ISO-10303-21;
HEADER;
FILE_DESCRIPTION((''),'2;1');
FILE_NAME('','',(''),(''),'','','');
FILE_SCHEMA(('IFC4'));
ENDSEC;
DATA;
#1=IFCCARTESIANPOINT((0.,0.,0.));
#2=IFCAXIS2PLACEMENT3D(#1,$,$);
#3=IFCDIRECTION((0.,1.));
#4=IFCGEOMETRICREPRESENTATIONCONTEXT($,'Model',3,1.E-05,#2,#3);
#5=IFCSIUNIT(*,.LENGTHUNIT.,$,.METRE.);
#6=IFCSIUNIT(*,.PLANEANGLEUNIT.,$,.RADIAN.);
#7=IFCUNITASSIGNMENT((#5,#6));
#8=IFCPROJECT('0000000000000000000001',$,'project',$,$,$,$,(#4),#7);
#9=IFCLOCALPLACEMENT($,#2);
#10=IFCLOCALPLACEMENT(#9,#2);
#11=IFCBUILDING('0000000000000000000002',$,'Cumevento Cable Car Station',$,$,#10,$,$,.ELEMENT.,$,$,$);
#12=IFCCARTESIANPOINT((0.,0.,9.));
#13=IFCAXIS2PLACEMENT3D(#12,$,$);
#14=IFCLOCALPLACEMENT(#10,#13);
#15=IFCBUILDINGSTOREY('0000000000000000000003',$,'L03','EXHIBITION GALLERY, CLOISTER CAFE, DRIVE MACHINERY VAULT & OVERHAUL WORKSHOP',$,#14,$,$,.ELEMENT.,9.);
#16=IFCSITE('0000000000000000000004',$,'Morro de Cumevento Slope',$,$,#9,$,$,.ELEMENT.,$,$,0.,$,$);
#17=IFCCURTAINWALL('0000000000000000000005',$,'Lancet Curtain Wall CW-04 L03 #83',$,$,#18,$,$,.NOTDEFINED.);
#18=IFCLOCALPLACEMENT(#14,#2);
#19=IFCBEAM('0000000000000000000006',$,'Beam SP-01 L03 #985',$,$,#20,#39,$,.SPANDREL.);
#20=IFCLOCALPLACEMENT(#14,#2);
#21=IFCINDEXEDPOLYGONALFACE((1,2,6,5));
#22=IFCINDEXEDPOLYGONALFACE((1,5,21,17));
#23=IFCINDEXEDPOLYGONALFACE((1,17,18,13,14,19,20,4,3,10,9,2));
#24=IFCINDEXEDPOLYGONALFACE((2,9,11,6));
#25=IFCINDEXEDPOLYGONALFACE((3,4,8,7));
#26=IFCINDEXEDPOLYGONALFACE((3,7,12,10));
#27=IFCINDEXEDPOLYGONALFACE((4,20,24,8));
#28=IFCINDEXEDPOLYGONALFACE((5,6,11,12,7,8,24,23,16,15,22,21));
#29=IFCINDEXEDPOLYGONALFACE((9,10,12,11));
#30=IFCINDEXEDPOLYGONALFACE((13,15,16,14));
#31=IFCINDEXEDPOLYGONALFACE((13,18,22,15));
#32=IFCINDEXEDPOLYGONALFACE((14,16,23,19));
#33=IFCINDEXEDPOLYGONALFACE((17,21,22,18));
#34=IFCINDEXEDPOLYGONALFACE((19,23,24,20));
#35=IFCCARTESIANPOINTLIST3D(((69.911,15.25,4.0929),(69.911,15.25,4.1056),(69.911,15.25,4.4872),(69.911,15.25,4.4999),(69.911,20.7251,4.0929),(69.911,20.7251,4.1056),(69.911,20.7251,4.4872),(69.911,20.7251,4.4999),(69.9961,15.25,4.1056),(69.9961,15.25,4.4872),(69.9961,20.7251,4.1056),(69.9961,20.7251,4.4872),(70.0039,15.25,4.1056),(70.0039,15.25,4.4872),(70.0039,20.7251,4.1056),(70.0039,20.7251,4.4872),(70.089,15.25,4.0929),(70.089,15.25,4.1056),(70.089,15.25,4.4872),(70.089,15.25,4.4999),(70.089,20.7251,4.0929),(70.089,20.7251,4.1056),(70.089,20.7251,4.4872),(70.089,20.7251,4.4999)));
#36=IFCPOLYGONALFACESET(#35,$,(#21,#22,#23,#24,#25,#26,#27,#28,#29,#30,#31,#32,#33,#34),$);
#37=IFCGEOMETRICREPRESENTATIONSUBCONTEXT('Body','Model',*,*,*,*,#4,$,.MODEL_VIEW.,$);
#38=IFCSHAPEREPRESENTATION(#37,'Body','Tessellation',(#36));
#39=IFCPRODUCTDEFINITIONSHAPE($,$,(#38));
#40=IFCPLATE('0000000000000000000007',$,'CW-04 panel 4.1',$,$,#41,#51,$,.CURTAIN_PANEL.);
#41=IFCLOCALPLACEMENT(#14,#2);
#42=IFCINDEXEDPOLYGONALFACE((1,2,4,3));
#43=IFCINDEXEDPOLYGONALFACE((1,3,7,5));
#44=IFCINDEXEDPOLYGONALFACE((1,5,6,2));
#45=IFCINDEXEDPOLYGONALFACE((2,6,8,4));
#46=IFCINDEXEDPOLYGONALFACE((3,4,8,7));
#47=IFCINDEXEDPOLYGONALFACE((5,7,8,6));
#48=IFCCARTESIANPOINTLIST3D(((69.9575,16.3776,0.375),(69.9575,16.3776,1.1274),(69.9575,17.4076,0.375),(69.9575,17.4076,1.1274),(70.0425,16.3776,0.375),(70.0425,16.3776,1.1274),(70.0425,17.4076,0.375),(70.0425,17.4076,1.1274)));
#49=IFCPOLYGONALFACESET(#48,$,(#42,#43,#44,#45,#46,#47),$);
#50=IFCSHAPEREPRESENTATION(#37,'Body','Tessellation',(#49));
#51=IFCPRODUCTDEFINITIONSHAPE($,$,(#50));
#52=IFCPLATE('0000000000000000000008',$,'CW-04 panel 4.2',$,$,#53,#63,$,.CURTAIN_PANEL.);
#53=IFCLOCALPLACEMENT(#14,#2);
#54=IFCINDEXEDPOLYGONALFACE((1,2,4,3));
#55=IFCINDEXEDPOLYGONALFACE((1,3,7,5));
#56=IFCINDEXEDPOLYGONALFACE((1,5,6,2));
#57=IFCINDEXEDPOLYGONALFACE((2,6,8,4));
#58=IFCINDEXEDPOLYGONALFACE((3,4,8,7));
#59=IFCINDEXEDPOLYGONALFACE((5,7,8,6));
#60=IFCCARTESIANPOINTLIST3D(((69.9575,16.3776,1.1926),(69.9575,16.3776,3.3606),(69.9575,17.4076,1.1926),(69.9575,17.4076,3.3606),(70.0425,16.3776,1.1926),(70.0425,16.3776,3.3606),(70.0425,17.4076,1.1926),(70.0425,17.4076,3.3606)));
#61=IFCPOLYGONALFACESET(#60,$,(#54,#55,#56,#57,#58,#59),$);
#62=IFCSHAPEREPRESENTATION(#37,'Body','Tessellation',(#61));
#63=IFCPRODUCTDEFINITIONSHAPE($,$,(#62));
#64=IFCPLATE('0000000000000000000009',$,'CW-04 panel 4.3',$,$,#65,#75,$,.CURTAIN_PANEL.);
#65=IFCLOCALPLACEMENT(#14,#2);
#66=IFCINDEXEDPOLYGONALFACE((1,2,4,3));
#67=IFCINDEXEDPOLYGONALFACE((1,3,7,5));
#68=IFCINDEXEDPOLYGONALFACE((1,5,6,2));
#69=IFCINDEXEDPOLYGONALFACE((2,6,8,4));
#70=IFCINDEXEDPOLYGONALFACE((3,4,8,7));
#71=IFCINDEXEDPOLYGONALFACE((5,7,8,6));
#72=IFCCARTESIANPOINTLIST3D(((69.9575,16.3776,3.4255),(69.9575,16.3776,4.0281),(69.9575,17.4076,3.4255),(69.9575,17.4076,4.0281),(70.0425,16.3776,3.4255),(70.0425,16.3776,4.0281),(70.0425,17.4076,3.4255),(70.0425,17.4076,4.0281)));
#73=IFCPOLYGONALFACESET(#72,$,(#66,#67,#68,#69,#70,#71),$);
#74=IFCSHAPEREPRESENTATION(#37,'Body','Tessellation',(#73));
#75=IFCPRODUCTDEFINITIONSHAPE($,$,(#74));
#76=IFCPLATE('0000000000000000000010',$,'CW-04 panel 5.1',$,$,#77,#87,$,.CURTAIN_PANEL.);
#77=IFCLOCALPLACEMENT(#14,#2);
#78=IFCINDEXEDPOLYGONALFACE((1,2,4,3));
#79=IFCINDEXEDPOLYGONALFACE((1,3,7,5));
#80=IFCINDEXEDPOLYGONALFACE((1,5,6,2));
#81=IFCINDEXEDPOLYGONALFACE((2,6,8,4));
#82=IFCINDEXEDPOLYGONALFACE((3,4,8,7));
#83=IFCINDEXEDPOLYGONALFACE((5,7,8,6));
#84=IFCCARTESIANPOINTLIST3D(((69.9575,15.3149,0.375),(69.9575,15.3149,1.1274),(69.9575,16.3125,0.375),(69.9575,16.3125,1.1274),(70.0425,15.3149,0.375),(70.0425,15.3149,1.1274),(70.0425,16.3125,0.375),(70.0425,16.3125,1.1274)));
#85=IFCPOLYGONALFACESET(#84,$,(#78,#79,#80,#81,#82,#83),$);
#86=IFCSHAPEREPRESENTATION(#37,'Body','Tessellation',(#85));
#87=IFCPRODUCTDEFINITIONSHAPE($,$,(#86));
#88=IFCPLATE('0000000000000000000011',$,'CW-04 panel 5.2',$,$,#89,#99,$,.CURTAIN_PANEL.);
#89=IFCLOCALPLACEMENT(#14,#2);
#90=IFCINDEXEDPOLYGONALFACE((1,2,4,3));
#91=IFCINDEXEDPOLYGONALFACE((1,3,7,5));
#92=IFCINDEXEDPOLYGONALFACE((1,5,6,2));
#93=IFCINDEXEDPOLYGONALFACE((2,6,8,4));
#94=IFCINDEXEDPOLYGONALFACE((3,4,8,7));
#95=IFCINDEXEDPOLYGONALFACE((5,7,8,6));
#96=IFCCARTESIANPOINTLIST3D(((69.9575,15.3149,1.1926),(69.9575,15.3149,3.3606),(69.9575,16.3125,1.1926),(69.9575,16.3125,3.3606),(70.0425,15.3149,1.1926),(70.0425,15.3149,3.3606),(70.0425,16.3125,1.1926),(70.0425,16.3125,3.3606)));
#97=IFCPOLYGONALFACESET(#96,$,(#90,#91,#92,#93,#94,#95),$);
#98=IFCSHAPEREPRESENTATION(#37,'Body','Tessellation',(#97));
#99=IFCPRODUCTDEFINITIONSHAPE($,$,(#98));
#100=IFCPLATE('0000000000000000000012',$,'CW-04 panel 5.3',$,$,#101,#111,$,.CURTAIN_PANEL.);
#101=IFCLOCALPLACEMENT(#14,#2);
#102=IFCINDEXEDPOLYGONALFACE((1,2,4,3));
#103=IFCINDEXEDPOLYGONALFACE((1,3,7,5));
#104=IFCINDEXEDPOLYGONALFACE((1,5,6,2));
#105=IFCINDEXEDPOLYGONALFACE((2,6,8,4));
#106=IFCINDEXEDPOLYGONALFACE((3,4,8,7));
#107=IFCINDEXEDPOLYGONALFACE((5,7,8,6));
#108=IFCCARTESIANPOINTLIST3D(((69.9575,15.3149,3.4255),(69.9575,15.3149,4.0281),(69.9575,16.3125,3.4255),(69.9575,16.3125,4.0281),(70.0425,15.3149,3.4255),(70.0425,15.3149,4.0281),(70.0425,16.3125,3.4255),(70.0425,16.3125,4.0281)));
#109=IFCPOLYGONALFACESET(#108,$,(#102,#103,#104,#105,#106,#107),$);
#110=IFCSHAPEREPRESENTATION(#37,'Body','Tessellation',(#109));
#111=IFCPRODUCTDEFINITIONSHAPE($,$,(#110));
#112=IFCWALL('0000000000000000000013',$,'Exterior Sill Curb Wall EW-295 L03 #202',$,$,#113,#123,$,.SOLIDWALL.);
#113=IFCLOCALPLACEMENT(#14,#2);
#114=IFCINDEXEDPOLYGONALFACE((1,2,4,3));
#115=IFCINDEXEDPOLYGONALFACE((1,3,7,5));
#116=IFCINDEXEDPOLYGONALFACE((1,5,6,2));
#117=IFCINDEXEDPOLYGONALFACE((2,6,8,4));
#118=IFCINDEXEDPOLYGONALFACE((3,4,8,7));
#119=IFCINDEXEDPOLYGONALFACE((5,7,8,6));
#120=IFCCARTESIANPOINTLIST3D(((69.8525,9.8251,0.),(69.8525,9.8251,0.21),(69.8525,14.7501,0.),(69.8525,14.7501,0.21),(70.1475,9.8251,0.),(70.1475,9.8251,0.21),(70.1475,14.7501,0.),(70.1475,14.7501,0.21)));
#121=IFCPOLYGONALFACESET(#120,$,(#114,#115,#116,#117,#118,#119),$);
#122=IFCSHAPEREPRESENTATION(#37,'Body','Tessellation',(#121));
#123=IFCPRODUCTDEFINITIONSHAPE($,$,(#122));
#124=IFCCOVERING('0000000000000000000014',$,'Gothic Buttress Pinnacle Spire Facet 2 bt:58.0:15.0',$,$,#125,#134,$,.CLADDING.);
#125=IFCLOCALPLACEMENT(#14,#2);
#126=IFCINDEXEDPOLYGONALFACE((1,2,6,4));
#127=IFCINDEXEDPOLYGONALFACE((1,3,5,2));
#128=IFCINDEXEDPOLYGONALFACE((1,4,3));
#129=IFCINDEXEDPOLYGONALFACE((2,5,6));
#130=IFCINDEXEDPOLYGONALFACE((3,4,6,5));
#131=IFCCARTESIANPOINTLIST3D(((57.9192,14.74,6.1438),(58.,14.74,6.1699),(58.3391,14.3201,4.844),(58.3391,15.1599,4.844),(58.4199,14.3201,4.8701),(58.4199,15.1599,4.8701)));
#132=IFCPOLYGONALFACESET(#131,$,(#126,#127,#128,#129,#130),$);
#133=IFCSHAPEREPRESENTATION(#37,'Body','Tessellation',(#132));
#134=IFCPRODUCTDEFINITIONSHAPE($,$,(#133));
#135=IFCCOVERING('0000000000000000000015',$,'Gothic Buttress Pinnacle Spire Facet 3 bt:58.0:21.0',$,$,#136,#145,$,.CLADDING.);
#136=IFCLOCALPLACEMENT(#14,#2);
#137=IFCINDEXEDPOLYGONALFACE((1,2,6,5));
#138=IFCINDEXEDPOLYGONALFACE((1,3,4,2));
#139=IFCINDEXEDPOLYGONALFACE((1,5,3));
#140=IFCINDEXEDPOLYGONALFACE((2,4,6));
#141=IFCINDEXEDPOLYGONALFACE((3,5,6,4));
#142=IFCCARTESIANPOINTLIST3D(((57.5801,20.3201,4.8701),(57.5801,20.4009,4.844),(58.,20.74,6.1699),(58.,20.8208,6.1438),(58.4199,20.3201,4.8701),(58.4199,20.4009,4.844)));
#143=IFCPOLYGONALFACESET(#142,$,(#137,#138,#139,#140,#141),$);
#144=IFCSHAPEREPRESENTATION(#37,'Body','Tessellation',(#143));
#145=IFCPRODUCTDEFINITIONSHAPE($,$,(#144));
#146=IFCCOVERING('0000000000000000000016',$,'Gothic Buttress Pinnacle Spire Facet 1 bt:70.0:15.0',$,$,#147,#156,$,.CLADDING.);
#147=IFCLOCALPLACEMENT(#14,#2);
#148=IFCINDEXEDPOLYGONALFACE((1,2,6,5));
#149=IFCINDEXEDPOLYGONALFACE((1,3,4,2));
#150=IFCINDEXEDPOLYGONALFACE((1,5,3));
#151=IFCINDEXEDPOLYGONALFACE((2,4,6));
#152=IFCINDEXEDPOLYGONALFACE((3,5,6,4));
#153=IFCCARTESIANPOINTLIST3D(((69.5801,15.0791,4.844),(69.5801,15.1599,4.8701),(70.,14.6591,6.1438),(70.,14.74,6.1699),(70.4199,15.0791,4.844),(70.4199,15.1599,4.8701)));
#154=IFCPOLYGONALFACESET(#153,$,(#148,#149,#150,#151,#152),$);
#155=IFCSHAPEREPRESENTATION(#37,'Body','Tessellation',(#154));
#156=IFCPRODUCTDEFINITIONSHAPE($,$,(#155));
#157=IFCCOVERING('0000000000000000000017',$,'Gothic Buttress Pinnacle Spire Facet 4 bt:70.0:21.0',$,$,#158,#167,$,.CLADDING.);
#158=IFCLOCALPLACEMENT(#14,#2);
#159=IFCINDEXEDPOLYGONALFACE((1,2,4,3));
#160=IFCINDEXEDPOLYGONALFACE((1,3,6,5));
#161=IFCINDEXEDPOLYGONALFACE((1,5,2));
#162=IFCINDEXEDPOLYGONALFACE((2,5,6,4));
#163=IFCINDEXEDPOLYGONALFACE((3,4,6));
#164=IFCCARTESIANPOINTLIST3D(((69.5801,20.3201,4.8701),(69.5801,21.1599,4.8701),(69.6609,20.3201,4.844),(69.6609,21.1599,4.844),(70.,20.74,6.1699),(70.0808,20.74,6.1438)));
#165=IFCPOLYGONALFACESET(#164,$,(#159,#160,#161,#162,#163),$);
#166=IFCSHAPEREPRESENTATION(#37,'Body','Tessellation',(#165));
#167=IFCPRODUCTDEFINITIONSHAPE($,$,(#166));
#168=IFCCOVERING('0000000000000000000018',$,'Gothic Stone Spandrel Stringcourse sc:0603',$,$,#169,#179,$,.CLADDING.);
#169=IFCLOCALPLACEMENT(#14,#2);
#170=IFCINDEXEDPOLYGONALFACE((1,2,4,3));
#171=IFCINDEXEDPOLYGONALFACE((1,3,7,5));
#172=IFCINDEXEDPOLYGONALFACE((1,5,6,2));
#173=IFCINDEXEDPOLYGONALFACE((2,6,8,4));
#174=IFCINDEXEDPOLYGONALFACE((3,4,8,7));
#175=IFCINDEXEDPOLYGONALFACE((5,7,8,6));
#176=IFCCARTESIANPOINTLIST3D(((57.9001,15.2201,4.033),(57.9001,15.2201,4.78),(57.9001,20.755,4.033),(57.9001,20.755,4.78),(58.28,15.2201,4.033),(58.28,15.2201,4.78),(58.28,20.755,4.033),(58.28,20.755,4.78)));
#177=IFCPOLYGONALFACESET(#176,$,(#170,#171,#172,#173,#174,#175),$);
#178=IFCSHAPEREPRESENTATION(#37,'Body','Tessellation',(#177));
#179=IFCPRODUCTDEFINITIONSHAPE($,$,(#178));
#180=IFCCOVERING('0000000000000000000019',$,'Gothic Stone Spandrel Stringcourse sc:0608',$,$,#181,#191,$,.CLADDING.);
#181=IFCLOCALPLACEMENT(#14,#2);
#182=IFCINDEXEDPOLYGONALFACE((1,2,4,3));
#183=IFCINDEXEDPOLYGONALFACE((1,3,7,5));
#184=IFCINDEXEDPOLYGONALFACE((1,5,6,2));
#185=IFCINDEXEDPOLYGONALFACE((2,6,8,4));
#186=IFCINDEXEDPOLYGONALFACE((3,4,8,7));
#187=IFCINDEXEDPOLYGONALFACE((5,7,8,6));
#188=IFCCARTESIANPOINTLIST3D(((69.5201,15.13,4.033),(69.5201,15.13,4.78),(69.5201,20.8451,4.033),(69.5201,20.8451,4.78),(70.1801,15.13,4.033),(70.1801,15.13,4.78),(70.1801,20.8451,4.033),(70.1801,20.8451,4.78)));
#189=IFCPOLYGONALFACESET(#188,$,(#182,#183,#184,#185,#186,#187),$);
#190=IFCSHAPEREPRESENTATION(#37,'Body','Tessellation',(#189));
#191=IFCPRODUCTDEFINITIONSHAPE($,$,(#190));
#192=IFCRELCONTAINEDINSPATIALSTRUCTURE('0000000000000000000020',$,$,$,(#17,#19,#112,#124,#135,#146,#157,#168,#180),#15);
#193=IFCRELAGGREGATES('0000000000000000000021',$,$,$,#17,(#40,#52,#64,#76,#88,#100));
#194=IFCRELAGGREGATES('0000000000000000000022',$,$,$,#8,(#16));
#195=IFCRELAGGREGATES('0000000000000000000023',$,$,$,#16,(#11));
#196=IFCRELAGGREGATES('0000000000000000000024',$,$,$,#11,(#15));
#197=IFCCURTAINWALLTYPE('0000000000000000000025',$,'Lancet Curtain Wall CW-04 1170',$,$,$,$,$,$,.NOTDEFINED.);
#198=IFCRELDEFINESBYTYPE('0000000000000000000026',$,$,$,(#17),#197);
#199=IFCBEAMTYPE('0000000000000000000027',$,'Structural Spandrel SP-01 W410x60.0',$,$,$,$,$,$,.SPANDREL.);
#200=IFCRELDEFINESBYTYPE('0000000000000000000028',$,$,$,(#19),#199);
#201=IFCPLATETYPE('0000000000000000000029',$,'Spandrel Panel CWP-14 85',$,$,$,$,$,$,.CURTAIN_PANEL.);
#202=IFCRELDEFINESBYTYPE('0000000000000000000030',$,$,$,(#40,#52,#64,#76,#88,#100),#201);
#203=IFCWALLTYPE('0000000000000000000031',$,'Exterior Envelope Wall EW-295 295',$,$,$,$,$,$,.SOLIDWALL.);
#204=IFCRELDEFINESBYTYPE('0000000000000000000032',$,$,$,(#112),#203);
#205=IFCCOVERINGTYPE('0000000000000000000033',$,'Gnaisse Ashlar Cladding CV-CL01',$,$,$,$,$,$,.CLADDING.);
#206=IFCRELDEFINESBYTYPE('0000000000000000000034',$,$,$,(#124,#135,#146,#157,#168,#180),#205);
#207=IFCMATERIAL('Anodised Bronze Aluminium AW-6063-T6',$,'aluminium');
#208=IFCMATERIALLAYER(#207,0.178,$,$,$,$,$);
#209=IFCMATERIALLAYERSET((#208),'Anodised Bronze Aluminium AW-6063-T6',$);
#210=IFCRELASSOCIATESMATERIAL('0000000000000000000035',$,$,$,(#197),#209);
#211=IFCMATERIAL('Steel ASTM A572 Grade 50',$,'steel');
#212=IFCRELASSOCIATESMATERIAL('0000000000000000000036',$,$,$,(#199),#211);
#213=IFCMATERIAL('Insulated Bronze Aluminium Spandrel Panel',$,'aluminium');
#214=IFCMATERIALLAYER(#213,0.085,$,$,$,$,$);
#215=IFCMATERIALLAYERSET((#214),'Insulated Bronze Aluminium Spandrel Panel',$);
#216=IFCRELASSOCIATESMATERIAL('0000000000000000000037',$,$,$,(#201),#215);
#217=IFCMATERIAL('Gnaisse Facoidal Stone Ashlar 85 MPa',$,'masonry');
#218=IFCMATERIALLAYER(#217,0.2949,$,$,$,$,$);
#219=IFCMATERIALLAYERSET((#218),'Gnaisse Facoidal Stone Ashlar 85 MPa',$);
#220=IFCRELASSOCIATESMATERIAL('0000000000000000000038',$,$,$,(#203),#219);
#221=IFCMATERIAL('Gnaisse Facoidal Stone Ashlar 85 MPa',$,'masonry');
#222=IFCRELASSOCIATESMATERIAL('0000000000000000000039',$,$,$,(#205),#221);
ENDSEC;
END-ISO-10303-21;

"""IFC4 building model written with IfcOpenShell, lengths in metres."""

from ifc_helpers import new_model, si_unit, direction, frame, frame_2d, origin, origin_2d, place, context, subcontext, project, spatial, polyline, rectangle, i_section, outline, extrude, material, layer, layer_set, material_profile, profile_set, type_object, element, aggregate, save


model = new_model("IFC4")

# Units and contexts
model_context = context("Model", 3, precision=1e-05, world=origin(), true_north=direction((0.0, 1.0)))
body_context = subcontext(model_context, "Body", "Model", "MODEL_VIEW")
ifc_project = project(units=[si_unit("LENGTHUNIT", "METRE"), si_unit("PLANEANGLEUNIT", "RADIAN")], contexts=[model_context])

# Site, building, storey
site_placement = place(None, origin())
site = spatial("IfcSite", under=ifc_project, at=site_placement, Name="Morro de Cumevento Slope", CompositionType="ELEMENT", RefElevation=0.0)
building_placement = place(site_placement, origin())
building = spatial("IfcBuilding", under=site, at=building_placement, Name="Cumevento Cable Car Station", CompositionType="ELEMENT")
storey_placement = place(building_placement, frame((0.0, 0.0, 9.0)))
storey = spatial("IfcBuildingStorey", under=building, at=storey_placement, Name="L03", Description="EXHIBITION GALLERY, CLOISTER CAFE, DRIVE MACHINERY VAULT & OVERHAUL WORKSHOP", CompositionType="ELEMENT", Elevation=9.0)

# Curtain wall
ifc_material_1 = material(Name="Anodised Bronze Aluminium AW-6063-T6", Category="aluminium")
ifc_layer_1 = layer(ifc_material_1, 0.178)
ifc_layer_set_1 = layer_set([ifc_layer_1], Name="Anodised Bronze Aluminium AW-6063-T6")
curtain_wall_type_1 = type_object("IfcCurtainWallType", Name="Lancet Curtain Wall CW-04 1170", PredefinedType="NOTDEFINED", material=ifc_layer_set_1)
curtain_wall_1_placement = place(storey_placement, origin())
curtain_wall_1 = element("IfcCurtainWall", 1, at=curtain_wall_1_placement, inside=storey, type_object=curtain_wall_type_1, Name="Lancet Curtain Wall CW-04 L03 #83", PredefinedType="NOTDEFINED")

# Beam
ifc_material_2 = material(Name="Steel ASTM A572 Grade 50", Category="steel")
ifc_material_profile_1 = material_profile(ifc_material_2, i_section(OverallWidth=0.178, OverallDepth=0.407, WebThickness=0.0078, FlangeThickness=0.0127, at=origin_2d()), Name="W410x60.0")
ifc_profile_set_1 = profile_set([ifc_material_profile_1], Name="Steel ASTM A572 Grade 50")
beam_type_1 = type_object("IfcBeamType", Name="Structural Spandrel SP-01 W410x60.0", PredefinedType="SPANDREL", material=ifc_profile_set_1)
beam_1_placement = place(storey_placement, frame((70.0, 15.25, 4.2964), z_axis=(0.0, 1.0, 0.0), x_axis=(-1.0, 0.0, 0.0)))
element("IfcBeam", 2, at=beam_1_placement, inside=storey, type_object=beam_type_1, Name="Beam SP-01 L03 #985", PredefinedType="SPANDREL", context=body_context, shape_type="SweptSolid", body=[
    extrude(i_section(OverallWidth=0.178, OverallDepth=0.407, WebThickness=0.0078, FlangeThickness=0.0127, at=origin_2d()), origin(), (0.0, 0.0, 1.0), 5.4751),
])

# Plates
ifc_material_3 = material(Name="Insulated Bronze Aluminium Spandrel Panel", Category="aluminium")
ifc_layer_2 = layer(ifc_material_3, 0.085)
ifc_layer_set_2 = layer_set([ifc_layer_2], Name="Insulated Bronze Aluminium Spandrel Panel")
plate_type = type_object("IfcPlateType", Name="Spandrel Panel CWP-14 85", PredefinedType="CURTAIN_PANEL", material=ifc_layer_set_2)
plate_1_placement = place(storey_placement, frame((70.0, 16.8926, 0.375), z_axis=(0.0, 0.0, 1.0), x_axis=(0.0, -1.0, 0.0)))
plate_1 = element("IfcPlate", 3, at=plate_1_placement, type_object=plate_type, Name="CW-04 panel 4.1", PredefinedType="CURTAIN_PANEL", context=body_context, shape_type="SweptSolid", body=[
    extrude(rectangle(XDim=1.03, YDim=0.085, at=origin_2d()), origin(), (0.0, 0.0, 1.0), 0.7524),
])
plate_2_placement = place(storey_placement, frame((70.0, 16.8926, 1.1926), z_axis=(0.0, 0.0, 1.0), x_axis=(0.0, -1.0, 0.0)))
plate_2 = element("IfcPlate", 4, at=plate_2_placement, type_object=plate_type, Name="CW-04 panel 4.2", PredefinedType="CURTAIN_PANEL", context=body_context, shape_type="SweptSolid", body=[
    extrude(rectangle(XDim=1.03, YDim=0.085, at=origin_2d()), origin(), (0.0, 0.0, 1.0), 2.168),
])
plate_3_placement = place(storey_placement, frame((70.0, 16.8926, 3.4255), z_axis=(0.0, 0.0, 1.0), x_axis=(0.0, -1.0, 0.0)))
plate_3 = element("IfcPlate", 5, at=plate_3_placement, type_object=plate_type, Name="CW-04 panel 4.3", PredefinedType="CURTAIN_PANEL", context=body_context, shape_type="SweptSolid", body=[
    extrude(rectangle(XDim=1.03, YDim=0.085, at=origin_2d()), origin(), (0.0, 0.0, 1.0), 0.6025),
])
plate_4_placement = place(storey_placement, frame((70.0, 15.8137, 0.375), z_axis=(0.0, 0.0, 1.0), x_axis=(0.0, -1.0, 0.0)))
plate_4 = element("IfcPlate", 6, at=plate_4_placement, type_object=plate_type, Name="CW-04 panel 5.1", PredefinedType="CURTAIN_PANEL", context=body_context, shape_type="SweptSolid", body=[
    extrude(rectangle(XDim=0.9976, YDim=0.085, at=origin_2d()), origin(), (0.0, 0.0, 1.0), 0.7524),
])
plate_5_placement = place(storey_placement, frame((70.0, 15.8137, 1.1926), z_axis=(0.0, 0.0, 1.0), x_axis=(0.0, -1.0, 0.0)))
plate_5 = element("IfcPlate", 7, at=plate_5_placement, type_object=plate_type, Name="CW-04 panel 5.2", PredefinedType="CURTAIN_PANEL", context=body_context, shape_type="SweptSolid", body=[
    extrude(rectangle(XDim=0.9976, YDim=0.085, at=origin_2d()), origin(), (0.0, 0.0, 1.0), 2.168),
])
plate_6_placement = place(storey_placement, frame((70.0, 15.8137, 3.4255), z_axis=(0.0, 0.0, 1.0), x_axis=(0.0, -1.0, 0.0)))
plate_6 = element("IfcPlate", 8, at=plate_6_placement, type_object=plate_type, Name="CW-04 panel 5.3", PredefinedType="CURTAIN_PANEL", context=body_context, shape_type="SweptSolid", body=[
    extrude(rectangle(XDim=0.9976, YDim=0.085, at=origin_2d()), origin(), (0.0, 0.0, 1.0), 0.6025),
])
aggregate(curtain_wall_1, [plate_1, plate_2, plate_3, plate_4, plate_5, plate_6])

# Wall
ifc_material_4 = material(Name="Gnaisse Facoidal Stone Ashlar 85 MPa", Category="masonry")
ifc_layer_3 = layer(ifc_material_4, 0.2949)
ifc_layer_set_3 = layer_set([ifc_layer_3], Name="Gnaisse Facoidal Stone Ashlar 85 MPa")
wall_type = type_object("IfcWallType", Name="Exterior Envelope Wall EW-295 295", PredefinedType="SOLIDWALL", material=ifc_layer_set_3)
wall_placement = place(storey_placement, frame((70.0, 14.75, 0.0), z_axis=(0.0, 0.0, 1.0), x_axis=(0.0, -1.0, 0.0)))
element("IfcWall", 9, at=wall_placement, inside=storey, type_object=wall_type, Name="Exterior Sill Curb Wall EW-295 L03 #202", PredefinedType="SOLIDWALL", context=body_context, shape_type="SweptSolid", body=[
    extrude(rectangle(XDim=4.925, YDim=0.2949, at=frame_2d((2.4624, 0.0))), origin(), (0.0, 0.0, 1.0), 0.21),
])

# Coverings
ifc_material_5 = material(Name="Gnaisse Facoidal Stone Ashlar 85 MPa", Category="masonry")
covering_type = type_object("IfcCoveringType", Name="Gnaisse Ashlar Cladding CV-CL01", PredefinedType="CLADDING", material=ifc_material_5)
for number, where, z_axis, x_axis, name in (
    (10, (58.4199, 15.1599, 4.8701), (0.951574, 0.0, 0.307421), (0.0, -1.0, 0.0), "Gothic Buttress Pinnacle Spire Facet 2 bt:58.0:15.0"),
    (11, (58.4199, 20.3201, 4.8701), (0.0, -0.951574, 0.307421), (-1.0, 0.0, 0.0), "Gothic Buttress Pinnacle Spire Facet 3 bt:58.0:21.0"),
    (12, (69.5801, 15.1599, 4.8701), (0.0, 0.951574, 0.307421), (1.0, 0.0, 0.0), "Gothic Buttress Pinnacle Spire Facet 1 bt:70.0:15.0"),
    (13, (69.5801, 20.3201, 4.8701), (-0.951574, 0.0, 0.307421), (0.0, 1.0, 0.0), "Gothic Buttress Pinnacle Spire Facet 4 bt:70.0:21.0"),
):
    element("IfcCovering", number, at=place(storey_placement, frame(where, z_axis=z_axis, x_axis=x_axis)), inside=storey, type_object=covering_type, Name=name, PredefinedType="CLADDING", context=body_context, shape_type="SweptSolid", body=[
        extrude(outline(polyline([(0.0, 0.0), (0.8398, 0.0), (0.4199, -1.366), (0.0, 0.0)])), origin(), (0.0, 0.0, -1.0), 0.085),
    ])
covering_1_placement = place(storey_placement, frame((58.0901, 17.9875, 4.033), z_axis=(0.0, 0.0, 1.0), x_axis=(0.0, 1.0, 0.0)))
element("IfcCovering", 14, at=covering_1_placement, inside=storey, type_object=covering_type, Name="Gothic Stone Spandrel Stringcourse sc:0603", PredefinedType="CLADDING", context=body_context, shape_type="SweptSolid", body=[
    extrude(rectangle(XDim=5.5349, YDim=0.3799, at=origin_2d()), origin(), (0.0, 0.0, 1.0), 0.7471),
])
covering_2_placement = place(storey_placement, frame((69.8501, 17.9875, 4.033), z_axis=(0.0, 0.0, 1.0), x_axis=(0.0, -1.0, 0.0)))
element("IfcCovering", 15, at=covering_2_placement, inside=storey, type_object=covering_type, Name="Gothic Stone Spandrel Stringcourse sc:0608", PredefinedType="CLADDING", context=body_context, shape_type="SweptSolid", body=[
    extrude(rectangle(XDim=5.7151, YDim=0.6599, at=origin_2d()), origin(), (0.0, 0.0, 1.0), 0.7471),
])

save(model, "model.ifc")
